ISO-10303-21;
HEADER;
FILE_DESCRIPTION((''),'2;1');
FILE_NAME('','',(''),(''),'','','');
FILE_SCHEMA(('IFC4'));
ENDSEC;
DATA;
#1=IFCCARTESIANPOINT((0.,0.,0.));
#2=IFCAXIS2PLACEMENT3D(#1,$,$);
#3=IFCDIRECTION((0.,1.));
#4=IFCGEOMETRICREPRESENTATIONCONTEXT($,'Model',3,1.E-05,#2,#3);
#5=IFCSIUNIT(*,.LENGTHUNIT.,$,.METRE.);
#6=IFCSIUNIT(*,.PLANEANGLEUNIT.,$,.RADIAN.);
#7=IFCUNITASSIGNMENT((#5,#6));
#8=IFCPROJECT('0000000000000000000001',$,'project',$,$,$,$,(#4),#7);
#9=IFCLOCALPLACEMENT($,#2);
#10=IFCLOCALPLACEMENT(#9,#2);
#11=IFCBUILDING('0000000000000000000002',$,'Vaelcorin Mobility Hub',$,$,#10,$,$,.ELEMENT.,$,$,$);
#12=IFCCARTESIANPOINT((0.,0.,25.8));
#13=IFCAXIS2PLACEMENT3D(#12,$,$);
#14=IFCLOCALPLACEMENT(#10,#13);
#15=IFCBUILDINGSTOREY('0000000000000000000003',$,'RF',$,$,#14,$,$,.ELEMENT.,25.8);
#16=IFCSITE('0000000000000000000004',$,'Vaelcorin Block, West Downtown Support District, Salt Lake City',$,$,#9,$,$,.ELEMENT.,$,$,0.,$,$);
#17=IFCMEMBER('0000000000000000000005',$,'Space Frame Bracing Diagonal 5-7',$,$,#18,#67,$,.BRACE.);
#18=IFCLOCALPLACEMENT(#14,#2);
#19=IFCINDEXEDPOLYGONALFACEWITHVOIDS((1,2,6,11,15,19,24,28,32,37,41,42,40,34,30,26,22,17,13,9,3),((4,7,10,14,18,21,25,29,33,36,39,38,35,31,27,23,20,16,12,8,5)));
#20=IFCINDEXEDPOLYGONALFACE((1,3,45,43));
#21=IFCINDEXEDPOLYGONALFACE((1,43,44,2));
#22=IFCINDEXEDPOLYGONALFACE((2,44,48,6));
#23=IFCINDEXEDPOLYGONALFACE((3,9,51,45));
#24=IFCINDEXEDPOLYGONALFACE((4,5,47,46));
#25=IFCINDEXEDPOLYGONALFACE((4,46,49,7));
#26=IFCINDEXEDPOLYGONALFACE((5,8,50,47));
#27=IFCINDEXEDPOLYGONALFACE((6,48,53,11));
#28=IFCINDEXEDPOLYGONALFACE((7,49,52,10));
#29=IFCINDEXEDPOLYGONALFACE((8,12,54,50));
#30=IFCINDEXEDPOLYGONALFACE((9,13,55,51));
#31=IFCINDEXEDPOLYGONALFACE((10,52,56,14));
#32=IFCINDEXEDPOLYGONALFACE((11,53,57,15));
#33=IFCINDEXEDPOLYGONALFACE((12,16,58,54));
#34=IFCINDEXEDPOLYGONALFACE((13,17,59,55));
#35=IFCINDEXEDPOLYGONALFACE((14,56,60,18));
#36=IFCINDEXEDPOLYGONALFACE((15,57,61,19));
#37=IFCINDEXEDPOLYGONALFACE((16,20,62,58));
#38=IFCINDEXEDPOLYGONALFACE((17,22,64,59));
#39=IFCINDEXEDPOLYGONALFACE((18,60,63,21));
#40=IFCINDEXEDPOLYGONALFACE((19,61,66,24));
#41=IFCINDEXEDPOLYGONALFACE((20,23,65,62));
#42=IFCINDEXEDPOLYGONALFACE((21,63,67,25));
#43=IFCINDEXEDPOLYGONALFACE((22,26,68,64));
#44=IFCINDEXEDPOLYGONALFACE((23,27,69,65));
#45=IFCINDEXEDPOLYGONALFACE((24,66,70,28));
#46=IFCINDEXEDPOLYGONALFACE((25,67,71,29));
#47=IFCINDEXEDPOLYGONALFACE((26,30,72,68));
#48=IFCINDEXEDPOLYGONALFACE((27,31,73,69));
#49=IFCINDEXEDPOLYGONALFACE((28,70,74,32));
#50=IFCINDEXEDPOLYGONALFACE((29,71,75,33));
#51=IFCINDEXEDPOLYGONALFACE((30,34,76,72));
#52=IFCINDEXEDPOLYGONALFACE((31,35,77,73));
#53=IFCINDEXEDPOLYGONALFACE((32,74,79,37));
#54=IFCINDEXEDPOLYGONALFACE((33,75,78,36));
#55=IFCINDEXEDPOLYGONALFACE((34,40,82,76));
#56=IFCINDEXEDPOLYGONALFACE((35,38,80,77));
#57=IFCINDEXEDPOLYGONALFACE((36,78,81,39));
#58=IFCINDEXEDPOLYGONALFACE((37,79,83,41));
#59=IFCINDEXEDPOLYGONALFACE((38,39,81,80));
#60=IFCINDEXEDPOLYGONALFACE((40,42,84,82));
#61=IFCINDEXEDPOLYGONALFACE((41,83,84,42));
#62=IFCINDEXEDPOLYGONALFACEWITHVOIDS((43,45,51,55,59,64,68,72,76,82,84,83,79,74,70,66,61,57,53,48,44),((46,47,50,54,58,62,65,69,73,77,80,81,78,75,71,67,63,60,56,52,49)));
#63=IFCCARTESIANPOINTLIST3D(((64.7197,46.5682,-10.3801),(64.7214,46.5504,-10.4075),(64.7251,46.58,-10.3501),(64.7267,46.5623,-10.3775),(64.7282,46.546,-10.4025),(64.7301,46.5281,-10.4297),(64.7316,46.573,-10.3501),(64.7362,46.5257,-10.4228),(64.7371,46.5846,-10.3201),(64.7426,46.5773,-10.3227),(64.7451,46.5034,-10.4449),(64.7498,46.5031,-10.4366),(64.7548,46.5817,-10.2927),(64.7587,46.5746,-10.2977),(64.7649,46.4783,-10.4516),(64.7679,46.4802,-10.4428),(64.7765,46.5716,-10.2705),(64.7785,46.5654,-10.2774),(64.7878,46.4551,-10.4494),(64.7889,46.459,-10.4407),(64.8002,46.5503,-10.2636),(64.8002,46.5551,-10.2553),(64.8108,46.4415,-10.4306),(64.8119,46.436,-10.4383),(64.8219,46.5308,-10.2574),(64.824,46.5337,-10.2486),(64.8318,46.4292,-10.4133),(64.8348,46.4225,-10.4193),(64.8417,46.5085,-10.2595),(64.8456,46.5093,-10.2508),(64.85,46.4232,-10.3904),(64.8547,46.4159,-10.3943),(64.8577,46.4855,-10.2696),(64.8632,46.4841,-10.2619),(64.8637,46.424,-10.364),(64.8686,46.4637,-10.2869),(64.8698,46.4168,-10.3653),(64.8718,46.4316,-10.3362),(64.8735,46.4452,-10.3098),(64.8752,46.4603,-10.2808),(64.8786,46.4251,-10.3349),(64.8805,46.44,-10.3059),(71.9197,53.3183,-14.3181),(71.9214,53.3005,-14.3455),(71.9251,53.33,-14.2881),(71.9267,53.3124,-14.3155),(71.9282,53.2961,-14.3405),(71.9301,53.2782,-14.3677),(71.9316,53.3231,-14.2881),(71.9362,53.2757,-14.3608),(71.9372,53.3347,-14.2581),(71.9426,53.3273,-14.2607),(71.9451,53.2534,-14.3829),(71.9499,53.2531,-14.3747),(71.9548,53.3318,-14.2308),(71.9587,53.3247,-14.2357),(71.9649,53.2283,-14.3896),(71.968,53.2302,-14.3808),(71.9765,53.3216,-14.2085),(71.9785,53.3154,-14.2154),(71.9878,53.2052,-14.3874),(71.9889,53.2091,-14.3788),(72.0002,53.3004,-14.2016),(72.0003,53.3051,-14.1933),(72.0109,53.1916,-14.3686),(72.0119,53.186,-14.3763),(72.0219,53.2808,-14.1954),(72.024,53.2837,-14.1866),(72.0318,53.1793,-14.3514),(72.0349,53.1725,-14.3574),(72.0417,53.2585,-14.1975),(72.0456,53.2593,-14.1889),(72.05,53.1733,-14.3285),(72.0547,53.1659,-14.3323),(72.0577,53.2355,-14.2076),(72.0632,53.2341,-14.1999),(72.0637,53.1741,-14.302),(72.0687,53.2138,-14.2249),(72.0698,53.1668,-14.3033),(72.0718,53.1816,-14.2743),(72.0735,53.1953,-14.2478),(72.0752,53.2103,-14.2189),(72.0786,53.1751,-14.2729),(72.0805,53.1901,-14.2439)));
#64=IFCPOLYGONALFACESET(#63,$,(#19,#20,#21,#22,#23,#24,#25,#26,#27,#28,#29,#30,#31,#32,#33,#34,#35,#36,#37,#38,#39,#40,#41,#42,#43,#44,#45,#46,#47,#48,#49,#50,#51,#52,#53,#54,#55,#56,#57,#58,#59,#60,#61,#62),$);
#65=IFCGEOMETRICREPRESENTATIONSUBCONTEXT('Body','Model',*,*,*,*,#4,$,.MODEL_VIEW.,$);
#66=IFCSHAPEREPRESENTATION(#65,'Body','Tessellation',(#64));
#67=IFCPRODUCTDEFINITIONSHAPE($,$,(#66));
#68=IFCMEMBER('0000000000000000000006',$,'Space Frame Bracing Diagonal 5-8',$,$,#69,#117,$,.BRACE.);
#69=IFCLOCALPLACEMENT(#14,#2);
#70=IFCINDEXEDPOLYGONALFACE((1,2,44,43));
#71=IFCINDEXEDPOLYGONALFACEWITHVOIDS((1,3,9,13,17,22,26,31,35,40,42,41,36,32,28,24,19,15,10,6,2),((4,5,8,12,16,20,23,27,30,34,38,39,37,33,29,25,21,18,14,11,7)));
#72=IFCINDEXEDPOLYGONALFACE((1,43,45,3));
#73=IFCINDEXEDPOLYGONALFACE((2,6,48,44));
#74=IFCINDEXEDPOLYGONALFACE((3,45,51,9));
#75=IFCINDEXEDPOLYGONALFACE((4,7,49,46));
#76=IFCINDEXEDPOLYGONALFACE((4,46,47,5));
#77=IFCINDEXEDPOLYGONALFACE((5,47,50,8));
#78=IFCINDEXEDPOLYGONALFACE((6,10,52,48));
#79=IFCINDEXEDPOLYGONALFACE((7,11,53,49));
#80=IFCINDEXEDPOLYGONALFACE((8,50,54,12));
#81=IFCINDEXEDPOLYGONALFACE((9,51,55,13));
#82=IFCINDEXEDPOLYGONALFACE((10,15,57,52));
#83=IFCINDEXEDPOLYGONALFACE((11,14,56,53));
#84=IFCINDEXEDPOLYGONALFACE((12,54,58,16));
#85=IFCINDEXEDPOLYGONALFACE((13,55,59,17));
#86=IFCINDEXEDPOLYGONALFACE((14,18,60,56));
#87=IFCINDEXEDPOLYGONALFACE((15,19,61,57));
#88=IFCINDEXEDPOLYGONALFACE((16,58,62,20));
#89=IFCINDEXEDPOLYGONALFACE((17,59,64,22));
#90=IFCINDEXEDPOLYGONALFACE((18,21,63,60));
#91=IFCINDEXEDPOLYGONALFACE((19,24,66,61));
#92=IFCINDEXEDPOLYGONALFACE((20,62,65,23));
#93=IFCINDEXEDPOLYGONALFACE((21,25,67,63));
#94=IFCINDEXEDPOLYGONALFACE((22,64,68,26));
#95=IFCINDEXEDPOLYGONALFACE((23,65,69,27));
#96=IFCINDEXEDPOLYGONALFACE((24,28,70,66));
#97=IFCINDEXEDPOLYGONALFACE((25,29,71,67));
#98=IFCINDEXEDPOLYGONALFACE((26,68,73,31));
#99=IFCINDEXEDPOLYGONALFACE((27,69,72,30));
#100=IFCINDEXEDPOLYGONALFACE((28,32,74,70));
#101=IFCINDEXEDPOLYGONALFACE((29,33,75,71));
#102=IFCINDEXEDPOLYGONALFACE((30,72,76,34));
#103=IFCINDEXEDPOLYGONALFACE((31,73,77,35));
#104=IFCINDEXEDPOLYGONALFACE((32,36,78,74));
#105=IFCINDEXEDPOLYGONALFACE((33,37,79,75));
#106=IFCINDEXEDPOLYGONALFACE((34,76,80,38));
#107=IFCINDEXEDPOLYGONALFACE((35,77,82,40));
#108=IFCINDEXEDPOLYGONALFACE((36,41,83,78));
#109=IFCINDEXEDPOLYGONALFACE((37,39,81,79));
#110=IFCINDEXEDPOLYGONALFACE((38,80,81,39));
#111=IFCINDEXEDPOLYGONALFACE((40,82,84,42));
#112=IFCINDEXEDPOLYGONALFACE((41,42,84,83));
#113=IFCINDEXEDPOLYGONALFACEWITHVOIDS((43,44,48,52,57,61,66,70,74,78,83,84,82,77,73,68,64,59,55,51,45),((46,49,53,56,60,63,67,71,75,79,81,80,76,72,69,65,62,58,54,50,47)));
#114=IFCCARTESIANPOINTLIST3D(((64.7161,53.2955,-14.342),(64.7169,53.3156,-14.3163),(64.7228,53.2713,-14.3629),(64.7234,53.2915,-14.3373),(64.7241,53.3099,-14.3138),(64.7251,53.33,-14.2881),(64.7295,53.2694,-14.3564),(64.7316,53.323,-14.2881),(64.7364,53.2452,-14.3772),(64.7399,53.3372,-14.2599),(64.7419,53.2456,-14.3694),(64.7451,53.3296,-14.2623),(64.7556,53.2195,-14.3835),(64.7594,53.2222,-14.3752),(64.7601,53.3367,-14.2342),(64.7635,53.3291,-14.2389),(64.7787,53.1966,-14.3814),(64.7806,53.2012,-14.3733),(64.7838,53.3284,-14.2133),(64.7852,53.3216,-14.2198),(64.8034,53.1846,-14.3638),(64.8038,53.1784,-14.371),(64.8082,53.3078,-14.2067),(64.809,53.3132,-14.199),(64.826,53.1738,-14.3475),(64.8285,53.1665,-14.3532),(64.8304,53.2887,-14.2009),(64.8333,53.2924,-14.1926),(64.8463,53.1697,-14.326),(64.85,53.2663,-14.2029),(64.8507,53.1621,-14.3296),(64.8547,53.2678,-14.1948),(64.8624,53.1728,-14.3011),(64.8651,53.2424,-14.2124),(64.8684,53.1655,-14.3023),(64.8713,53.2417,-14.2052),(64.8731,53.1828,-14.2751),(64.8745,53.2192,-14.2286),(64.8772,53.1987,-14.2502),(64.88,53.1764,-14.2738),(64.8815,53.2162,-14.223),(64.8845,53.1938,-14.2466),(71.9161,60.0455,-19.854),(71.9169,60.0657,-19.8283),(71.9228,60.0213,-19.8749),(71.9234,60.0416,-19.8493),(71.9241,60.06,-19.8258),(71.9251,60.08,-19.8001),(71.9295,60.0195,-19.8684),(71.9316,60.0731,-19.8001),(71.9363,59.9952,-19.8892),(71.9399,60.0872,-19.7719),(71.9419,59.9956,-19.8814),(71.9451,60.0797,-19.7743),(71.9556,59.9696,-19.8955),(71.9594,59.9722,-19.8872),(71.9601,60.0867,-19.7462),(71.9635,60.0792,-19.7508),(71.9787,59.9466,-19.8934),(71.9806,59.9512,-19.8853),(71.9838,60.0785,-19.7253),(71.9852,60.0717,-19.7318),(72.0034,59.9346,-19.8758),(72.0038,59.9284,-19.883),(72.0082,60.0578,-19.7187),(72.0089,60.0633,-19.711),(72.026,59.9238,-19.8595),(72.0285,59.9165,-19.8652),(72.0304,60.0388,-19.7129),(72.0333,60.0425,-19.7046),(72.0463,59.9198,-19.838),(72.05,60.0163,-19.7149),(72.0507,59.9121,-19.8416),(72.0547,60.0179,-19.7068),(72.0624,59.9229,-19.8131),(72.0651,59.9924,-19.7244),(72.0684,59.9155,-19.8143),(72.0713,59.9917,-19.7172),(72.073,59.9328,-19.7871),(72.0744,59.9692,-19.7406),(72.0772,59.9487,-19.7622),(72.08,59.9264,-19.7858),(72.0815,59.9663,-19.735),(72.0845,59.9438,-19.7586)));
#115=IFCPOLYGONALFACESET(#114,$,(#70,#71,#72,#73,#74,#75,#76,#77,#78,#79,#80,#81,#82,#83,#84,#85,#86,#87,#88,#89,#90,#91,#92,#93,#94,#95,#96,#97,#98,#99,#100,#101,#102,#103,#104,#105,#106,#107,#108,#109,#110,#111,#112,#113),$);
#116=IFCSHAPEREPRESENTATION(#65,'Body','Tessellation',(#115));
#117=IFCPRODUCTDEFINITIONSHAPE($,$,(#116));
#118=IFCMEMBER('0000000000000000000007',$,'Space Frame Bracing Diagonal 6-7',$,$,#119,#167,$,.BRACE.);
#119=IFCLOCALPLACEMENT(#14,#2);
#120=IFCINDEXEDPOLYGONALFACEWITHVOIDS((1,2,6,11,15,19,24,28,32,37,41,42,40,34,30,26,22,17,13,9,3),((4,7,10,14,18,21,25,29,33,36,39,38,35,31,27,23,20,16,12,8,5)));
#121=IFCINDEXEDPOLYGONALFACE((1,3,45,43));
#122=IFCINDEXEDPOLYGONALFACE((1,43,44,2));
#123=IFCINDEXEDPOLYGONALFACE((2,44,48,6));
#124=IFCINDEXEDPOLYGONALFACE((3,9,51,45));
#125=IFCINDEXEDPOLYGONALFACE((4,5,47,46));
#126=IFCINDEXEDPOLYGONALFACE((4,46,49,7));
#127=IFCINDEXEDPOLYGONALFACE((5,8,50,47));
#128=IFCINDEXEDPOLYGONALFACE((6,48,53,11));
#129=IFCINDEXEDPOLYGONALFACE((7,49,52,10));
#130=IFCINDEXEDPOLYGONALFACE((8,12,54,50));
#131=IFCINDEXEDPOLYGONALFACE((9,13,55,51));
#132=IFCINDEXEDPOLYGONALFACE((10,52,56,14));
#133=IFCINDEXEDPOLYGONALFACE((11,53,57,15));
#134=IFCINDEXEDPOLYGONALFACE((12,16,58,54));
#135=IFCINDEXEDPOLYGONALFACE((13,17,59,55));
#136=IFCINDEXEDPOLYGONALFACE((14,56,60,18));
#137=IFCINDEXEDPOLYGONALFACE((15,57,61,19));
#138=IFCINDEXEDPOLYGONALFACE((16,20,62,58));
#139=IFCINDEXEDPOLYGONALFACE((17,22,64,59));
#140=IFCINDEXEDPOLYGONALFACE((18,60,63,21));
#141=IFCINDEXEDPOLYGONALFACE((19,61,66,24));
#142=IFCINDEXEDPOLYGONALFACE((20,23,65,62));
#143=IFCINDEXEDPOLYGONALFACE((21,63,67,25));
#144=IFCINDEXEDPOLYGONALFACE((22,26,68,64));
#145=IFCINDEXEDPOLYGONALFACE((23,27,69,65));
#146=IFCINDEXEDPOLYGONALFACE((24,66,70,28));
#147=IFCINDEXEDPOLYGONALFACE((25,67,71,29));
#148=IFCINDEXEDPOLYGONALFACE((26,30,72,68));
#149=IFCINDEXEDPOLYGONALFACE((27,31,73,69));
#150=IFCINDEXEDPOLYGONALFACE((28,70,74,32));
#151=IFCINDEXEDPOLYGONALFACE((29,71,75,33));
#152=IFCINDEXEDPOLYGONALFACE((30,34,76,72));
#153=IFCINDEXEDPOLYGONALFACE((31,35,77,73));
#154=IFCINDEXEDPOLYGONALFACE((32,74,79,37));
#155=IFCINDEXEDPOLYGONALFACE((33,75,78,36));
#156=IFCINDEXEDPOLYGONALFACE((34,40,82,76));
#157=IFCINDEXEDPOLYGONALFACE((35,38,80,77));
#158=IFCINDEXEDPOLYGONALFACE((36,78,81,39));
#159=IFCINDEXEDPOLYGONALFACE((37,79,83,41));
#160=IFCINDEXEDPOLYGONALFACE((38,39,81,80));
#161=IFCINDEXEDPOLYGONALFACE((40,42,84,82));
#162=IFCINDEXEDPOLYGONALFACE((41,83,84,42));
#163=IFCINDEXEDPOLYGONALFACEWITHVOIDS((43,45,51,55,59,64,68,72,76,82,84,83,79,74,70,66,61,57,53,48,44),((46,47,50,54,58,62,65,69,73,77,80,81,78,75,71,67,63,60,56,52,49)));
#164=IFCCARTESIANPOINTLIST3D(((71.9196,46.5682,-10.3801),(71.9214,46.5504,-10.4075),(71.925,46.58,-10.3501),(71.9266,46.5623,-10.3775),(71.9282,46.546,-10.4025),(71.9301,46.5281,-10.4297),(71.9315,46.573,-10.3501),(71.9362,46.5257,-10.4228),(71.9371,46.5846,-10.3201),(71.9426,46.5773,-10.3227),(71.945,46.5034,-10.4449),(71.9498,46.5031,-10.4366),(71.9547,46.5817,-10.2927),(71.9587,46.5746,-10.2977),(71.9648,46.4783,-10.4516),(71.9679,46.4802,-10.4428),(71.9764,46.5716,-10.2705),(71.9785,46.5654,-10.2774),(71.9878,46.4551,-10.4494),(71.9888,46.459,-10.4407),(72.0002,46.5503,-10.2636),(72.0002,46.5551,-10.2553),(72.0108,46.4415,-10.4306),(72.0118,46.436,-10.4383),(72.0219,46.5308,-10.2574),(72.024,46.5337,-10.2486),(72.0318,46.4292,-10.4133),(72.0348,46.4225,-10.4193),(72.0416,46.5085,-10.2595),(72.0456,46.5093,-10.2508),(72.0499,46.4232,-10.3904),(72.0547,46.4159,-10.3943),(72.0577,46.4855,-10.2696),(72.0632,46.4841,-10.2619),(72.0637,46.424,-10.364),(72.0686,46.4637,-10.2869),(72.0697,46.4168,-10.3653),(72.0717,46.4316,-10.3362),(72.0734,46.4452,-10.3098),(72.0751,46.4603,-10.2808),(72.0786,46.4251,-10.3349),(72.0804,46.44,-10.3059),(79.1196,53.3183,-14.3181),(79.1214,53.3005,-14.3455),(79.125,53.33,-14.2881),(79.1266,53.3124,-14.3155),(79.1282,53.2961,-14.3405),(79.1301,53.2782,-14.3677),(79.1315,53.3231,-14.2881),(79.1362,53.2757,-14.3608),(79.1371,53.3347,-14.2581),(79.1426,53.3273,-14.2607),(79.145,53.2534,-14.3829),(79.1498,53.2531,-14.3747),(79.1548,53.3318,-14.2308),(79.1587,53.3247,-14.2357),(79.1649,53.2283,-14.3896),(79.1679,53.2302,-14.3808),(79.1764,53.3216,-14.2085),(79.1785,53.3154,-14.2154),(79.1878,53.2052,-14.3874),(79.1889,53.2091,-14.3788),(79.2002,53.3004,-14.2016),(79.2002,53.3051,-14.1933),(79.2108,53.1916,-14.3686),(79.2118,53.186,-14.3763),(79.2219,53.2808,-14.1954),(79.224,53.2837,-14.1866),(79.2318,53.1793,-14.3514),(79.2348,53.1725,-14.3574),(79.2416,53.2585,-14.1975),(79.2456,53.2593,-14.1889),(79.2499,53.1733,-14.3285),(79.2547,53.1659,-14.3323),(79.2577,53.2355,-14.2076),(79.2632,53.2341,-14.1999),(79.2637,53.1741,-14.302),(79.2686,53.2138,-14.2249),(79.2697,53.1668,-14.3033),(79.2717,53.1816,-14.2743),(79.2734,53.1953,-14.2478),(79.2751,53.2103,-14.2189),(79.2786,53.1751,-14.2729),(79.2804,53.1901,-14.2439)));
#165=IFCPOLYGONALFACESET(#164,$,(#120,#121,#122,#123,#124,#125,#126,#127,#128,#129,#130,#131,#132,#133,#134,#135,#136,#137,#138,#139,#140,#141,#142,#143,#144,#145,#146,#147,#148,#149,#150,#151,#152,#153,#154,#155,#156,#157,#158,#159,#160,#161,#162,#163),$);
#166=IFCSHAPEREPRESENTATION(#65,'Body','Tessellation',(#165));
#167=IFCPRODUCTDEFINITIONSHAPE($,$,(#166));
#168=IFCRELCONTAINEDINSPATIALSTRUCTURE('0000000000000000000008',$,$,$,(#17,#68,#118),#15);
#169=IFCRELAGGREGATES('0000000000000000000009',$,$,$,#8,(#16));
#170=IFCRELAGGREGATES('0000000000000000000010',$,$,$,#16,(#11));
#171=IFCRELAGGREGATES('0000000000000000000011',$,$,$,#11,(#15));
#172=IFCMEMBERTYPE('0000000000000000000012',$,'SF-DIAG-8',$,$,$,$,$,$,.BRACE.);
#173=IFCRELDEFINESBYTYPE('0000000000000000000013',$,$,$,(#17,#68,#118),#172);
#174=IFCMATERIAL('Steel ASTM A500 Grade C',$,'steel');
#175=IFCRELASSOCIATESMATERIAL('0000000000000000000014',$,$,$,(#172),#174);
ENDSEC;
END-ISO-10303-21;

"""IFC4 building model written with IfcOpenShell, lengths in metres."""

from ifc_helpers import new_model, si_unit, direction, frame, origin, origin_2d, place, context, subcontext, project, spatial, hollow_circle, extrude, material, material_profile, profile_set, type_object, element, save


model = new_model("IFC4")

# Units and contexts
model_context = context("Model", 3, precision=1e-05, world=origin(), true_north=direction((0.0, 1.0)))
body_context = subcontext(model_context, "Body", "Model", "MODEL_VIEW")
ifc_project = project(units=[si_unit("LENGTHUNIT", "METRE"), si_unit("PLANEANGLEUNIT", "RADIAN")], contexts=[model_context])

# Site, building, storey
site_placement = place(None, origin())
site = spatial("IfcSite", under=ifc_project, at=site_placement, Name="Vaelcorin Block, West Downtown Support District, Salt Lake City", CompositionType="ELEMENT", RefElevation=0.0)
building_placement = place(site_placement, origin())
building = spatial("IfcBuilding", under=site, at=building_placement, Name="Vaelcorin Mobility Hub", CompositionType="ELEMENT")
storey_placement = place(building_placement, frame((0.0, 0.0, 25.8)))
storey = spatial("IfcBuildingStorey", under=building, at=storey_placement, Name="RF", CompositionType="ELEMENT", Elevation=25.8)

# Members
ifc_material_1 = material(Name="Steel ASTM A500 Grade C", Category="steel")
ifc_material_profile_1 = material_profile(ifc_material_1, hollow_circle(Radius=0.1096, WallThickness=0.0095, at=origin_2d()), Name="HSS8.625X0.375")
ifc_profile_set_1 = profile_set([ifc_material_profile_1], Name="Steel ASTM A500 Grade C")
member_type_1 = type_object("IfcMemberType", Name="SF-DIAG-8", PredefinedType="BRACE", material=ifc_profile_set_1)
member_1_placement = place(storey_placement, frame((64.8, 46.5, -10.3501), z_axis=(0.677586, 0.635241, -0.370603), x_axis=(-0.683944, 0.729535, 0.0)))
element("IfcMember", 1, at=member_1_placement, inside=storey, type_object=member_type_1, Name="Space Frame Bracing Diagonal 5-7", PredefinedType="BRACE", context=body_context, shape_type="SweptSolid", body=[
    extrude(hollow_circle(Radius=0.1096, WallThickness=0.0095, at=origin_2d()), origin(), (0.0, 0.0, 1.0), 10.626),
])
member_2_placement = place(storey_placement, frame((64.8, 53.25, -14.2881), z_axis=(0.636931, 0.597126, -0.487606), x_axis=(-0.683944, 0.729535, 0.0)))
element("IfcMember", 2, at=member_2_placement, inside=storey, type_object=member_type_1, Name="Space Frame Bracing Diagonal 5-8", PredefinedType="BRACE", context=body_context, shape_type="SweptSolid", body=[
    extrude(hollow_circle(Radius=0.1096, WallThickness=0.0095, at=origin_2d()), origin(), (0.0, 0.0, 1.0), 11.3042),
])
member_3_placement = place(storey_placement, frame((72.0, 46.5, -10.3501), z_axis=(0.677586, 0.635241, -0.370603), x_axis=(-0.683944, 0.729535, 0.0)))
element("IfcMember", 3, at=member_3_placement, inside=storey, type_object=member_type_1, Name="Space Frame Bracing Diagonal 6-7", PredefinedType="BRACE", context=body_context, shape_type="SweptSolid", body=[
    extrude(hollow_circle(Radius=0.1096, WallThickness=0.0095, at=origin_2d()), origin(), (0.0, 0.0, 1.0), 10.626),
])

save(model, "model.ifc")
